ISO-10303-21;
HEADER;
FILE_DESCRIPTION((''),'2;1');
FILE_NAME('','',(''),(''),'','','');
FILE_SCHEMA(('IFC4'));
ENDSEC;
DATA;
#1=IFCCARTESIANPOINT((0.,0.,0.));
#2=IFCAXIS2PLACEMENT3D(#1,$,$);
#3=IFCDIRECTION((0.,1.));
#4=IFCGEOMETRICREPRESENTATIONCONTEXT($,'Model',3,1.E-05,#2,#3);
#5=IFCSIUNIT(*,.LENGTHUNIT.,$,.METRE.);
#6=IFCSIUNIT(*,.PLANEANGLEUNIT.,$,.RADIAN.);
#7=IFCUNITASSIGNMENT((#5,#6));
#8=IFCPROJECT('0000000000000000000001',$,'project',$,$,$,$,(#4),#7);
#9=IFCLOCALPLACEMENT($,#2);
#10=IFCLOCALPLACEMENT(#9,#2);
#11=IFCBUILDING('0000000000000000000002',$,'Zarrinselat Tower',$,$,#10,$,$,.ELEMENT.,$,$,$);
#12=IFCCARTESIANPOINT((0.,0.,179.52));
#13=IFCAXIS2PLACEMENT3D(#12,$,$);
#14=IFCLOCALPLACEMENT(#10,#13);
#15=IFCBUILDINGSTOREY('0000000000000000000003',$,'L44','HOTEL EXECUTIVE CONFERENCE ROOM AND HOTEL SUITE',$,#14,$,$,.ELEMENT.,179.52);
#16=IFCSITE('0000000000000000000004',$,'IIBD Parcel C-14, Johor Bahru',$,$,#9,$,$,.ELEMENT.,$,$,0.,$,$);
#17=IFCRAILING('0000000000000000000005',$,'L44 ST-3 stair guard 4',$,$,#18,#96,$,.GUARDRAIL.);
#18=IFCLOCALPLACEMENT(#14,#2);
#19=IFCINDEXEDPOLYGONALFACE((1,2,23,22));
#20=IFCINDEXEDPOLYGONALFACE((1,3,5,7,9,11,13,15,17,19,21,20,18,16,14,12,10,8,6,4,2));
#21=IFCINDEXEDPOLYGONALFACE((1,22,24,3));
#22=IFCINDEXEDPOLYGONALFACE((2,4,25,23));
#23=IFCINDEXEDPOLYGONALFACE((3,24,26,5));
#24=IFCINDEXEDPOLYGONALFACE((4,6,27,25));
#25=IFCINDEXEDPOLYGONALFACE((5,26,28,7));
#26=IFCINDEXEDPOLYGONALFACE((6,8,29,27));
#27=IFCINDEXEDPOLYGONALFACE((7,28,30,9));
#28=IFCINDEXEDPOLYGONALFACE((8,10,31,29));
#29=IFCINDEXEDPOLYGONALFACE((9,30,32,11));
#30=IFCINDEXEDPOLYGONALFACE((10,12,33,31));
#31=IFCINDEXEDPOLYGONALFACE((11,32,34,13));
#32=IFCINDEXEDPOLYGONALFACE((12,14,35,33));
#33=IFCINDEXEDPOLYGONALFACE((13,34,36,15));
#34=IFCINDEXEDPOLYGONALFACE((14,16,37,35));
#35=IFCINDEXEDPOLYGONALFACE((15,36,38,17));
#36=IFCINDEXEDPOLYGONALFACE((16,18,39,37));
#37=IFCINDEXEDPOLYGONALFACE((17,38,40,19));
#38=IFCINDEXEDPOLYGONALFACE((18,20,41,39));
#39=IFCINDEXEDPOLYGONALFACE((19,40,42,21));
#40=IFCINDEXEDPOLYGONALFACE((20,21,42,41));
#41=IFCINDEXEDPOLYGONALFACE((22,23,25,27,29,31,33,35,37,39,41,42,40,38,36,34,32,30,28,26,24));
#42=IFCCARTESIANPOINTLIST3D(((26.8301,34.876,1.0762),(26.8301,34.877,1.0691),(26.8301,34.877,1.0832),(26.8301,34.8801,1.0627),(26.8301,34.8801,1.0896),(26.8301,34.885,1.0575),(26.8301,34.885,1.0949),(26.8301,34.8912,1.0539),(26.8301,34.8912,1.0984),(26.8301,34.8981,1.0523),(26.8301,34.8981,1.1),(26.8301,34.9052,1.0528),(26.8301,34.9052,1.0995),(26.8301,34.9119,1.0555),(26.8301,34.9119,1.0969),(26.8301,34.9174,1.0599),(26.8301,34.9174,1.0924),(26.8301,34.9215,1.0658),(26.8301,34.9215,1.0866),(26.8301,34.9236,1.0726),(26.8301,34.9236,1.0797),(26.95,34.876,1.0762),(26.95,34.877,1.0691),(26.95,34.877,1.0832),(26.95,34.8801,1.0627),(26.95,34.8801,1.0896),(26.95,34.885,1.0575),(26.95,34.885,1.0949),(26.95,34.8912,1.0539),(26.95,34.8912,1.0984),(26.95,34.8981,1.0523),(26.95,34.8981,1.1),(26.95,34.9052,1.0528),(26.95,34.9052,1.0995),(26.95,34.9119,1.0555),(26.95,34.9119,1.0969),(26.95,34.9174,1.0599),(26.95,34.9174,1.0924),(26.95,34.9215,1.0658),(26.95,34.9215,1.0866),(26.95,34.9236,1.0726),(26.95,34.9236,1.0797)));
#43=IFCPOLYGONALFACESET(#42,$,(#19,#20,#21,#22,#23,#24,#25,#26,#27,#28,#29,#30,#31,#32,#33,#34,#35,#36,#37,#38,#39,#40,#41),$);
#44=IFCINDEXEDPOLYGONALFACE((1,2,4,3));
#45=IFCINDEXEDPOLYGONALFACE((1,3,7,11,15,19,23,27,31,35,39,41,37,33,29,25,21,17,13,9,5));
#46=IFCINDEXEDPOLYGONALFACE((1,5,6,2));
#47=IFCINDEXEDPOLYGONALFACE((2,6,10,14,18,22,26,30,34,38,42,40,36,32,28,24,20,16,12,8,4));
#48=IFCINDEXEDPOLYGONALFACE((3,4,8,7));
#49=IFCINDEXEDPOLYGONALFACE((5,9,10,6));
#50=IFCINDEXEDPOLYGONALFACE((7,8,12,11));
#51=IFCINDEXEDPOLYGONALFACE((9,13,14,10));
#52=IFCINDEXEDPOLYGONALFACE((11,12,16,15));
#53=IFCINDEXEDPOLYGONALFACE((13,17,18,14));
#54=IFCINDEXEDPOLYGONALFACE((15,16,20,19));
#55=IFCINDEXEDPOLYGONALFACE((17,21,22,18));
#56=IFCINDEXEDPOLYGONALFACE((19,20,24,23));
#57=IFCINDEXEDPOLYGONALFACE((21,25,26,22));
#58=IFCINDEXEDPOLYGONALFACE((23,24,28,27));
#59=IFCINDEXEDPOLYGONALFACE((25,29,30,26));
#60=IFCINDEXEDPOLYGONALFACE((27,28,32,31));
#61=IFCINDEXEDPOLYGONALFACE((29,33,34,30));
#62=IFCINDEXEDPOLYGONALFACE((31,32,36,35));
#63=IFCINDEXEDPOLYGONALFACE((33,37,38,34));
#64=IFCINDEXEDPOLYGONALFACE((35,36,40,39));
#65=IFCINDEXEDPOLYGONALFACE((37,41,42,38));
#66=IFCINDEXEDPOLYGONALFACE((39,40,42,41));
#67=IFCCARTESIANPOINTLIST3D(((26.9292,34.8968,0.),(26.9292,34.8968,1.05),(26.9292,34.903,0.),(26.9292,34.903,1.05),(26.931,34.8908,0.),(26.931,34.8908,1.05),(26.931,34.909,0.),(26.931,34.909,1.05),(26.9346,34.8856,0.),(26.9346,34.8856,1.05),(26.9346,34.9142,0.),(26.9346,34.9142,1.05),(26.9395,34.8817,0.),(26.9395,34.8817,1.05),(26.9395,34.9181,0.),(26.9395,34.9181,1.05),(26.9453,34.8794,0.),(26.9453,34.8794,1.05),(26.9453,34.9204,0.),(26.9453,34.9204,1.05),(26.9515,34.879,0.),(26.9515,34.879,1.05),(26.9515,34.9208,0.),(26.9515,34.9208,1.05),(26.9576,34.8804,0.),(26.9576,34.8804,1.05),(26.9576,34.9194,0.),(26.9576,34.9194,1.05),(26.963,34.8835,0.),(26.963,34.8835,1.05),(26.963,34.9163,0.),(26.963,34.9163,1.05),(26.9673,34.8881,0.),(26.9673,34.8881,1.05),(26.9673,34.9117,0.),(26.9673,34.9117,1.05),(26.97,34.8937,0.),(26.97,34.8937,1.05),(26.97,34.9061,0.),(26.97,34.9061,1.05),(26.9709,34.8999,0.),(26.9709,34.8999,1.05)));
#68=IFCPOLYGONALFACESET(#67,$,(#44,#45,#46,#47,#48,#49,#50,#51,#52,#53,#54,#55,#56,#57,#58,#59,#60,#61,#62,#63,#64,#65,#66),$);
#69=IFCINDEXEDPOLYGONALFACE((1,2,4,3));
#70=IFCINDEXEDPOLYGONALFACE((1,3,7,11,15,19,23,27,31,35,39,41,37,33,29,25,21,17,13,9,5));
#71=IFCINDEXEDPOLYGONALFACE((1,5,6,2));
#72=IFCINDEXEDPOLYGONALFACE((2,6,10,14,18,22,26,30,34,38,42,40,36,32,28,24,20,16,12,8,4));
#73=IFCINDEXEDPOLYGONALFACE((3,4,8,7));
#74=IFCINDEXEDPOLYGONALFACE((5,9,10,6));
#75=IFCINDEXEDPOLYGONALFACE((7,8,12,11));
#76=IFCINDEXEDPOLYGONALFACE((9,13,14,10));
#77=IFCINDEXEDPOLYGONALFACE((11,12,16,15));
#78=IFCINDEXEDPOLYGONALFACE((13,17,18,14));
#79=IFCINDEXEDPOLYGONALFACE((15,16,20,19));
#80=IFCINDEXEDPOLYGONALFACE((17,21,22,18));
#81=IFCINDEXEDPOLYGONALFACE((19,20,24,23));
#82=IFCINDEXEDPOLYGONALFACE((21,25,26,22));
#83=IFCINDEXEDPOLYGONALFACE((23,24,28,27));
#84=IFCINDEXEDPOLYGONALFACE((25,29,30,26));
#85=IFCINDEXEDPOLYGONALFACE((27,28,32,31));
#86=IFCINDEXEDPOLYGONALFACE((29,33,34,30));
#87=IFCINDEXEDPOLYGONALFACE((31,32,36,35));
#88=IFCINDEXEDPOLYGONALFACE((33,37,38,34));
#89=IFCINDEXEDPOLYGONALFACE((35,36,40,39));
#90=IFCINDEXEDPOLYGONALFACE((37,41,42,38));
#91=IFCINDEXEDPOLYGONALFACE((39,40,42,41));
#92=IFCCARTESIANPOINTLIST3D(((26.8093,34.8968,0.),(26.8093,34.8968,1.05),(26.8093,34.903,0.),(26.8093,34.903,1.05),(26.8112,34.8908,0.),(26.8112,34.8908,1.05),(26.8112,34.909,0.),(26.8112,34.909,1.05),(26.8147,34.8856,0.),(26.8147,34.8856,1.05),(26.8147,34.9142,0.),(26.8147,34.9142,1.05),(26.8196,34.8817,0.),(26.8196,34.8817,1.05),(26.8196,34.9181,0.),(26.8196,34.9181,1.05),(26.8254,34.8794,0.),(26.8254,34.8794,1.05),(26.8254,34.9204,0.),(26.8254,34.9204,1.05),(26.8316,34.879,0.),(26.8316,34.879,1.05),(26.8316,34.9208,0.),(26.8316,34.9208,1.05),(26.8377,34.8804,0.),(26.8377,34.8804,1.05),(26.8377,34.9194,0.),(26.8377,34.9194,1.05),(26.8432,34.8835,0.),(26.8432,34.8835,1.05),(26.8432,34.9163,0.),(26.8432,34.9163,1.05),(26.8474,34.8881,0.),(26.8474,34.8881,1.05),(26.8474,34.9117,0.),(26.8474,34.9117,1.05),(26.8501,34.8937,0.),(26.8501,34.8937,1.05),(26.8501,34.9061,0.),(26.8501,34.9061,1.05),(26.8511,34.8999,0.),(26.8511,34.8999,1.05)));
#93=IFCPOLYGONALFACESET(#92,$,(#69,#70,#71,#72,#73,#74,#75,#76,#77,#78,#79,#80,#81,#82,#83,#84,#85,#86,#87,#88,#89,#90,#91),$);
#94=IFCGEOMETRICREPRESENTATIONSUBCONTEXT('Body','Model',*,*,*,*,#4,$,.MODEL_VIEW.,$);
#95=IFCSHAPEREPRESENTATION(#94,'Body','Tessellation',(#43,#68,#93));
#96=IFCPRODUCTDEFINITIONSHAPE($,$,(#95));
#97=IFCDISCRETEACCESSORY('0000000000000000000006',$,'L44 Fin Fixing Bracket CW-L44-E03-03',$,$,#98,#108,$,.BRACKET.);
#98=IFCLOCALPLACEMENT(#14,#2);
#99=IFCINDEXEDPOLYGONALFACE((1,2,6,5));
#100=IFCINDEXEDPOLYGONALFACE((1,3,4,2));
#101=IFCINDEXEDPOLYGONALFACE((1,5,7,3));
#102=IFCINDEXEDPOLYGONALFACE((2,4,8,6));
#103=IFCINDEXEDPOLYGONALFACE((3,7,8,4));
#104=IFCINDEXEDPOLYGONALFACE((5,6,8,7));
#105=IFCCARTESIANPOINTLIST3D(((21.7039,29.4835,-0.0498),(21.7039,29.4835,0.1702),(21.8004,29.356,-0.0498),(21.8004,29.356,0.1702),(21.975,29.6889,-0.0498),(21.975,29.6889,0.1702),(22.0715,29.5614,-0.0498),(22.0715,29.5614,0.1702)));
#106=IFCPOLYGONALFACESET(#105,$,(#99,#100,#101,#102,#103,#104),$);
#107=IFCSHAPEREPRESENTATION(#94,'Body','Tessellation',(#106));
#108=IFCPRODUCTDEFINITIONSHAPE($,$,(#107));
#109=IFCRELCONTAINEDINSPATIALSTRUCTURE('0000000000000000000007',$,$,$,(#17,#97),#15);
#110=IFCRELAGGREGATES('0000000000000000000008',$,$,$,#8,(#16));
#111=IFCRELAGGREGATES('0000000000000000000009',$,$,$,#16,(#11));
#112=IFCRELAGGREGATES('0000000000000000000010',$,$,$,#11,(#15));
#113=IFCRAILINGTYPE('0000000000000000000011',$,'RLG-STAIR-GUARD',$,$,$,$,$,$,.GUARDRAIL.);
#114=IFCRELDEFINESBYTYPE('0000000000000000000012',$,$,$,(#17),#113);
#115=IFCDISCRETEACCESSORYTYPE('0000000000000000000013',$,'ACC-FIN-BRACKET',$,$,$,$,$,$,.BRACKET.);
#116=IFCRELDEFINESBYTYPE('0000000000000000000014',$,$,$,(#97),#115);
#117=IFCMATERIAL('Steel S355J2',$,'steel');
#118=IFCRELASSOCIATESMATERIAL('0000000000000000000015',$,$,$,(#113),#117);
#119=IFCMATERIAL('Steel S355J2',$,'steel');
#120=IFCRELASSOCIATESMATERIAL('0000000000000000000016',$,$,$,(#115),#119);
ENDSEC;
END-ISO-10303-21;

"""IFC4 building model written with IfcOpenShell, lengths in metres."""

from ifc_helpers import new_model, si_unit, direction, frame, origin, origin_2d, place, context, subcontext, project, spatial, rectangle, circle, extrude, material, type_object, element, save


model = new_model("IFC4")

# Units and contexts
model_context = context("Model", 3, precision=1e-05, world=origin(), true_north=direction((0.0, 1.0)))
body_context = subcontext(model_context, "Body", "Model", "MODEL_VIEW")
ifc_project = project(units=[si_unit("LENGTHUNIT", "METRE"), si_unit("PLANEANGLEUNIT", "RADIAN")], contexts=[model_context])

# Site, building, storey
site_placement = place(None, origin())
site = spatial("IfcSite", under=ifc_project, at=site_placement, Name="IIBD Parcel C-14, Johor Bahru", CompositionType="ELEMENT", RefElevation=0.0)
building_placement = place(site_placement, origin())
building = spatial("IfcBuilding", under=site, at=building_placement, Name="Zarrinselat Tower", CompositionType="ELEMENT")
storey_placement = place(building_placement, frame((0.0, 0.0, 179.52)))
storey = spatial("IfcBuildingStorey", under=building, at=storey_placement, Name="L44", Description="HOTEL EXECUTIVE CONFERENCE ROOM AND HOTEL SUITE", CompositionType="ELEMENT", Elevation=179.52)

# Railing
ifc_material_1 = material(Name="Steel S355J2", Category="steel")
railing_type = type_object("IfcRailingType", Name="RLG-STAIR-GUARD", PredefinedType="GUARDRAIL", material=ifc_material_1)
railing_1_placement = place(storey_placement, frame((26.95, 34.8999, 0.0)))
element("IfcRailing", 1, at=railing_1_placement, inside=storey, type_object=railing_type, Name="L44 ST-3 stair guard 4", PredefinedType="GUARDRAIL", context=body_context, shape_type="SweptSolid", body=[
    extrude(circle(Radius=0.0239, at=origin_2d()), frame((0.0, 0.0, 1.0762), z_axis=(-1.0, 0.0, 0.0), x_axis=(0.0, -1.0, 0.0)), (0.0, 0.0, 1.0), 0.1199),
    extrude(circle(Radius=0.021, at=origin_2d()), origin(), (0.0, 0.0, 1.0), 1.05),
    extrude(circle(Radius=0.021, at=origin_2d()), frame((-0.1199, 0.0, 0.0)), (0.0, 0.0, 1.0), 1.05),
])

# Discrete accessory
ifc_material_2 = material(Name="Steel S355J2", Category="steel")
discrete_accessory_type = type_object("IfcDiscreteAccessoryType", Name="ACC-FIN-BRACKET", PredefinedType="BRACKET", material=ifc_material_2)
discrete_accessory_placement = place(storey_placement, frame((21.8877, 29.5225, -0.0498), z_axis=(0.0, 0.0, 1.0), x_axis=(-0.797092, -0.603857, 0.0)))
element("IfcDiscreteAccessory", 2, at=discrete_accessory_placement, inside=storey, type_object=discrete_accessory_type, Name="L44 Fin Fixing Bracket CW-L44-E03-03", PredefinedType="BRACKET", context=body_context, shape_type="SweptSolid", body=[
    extrude(rectangle(XDim=0.3401, YDim=0.1599, at=origin_2d()), origin(), (0.0, 0.0, 1.0), 0.22),
])

save(model, "model.ifc")
